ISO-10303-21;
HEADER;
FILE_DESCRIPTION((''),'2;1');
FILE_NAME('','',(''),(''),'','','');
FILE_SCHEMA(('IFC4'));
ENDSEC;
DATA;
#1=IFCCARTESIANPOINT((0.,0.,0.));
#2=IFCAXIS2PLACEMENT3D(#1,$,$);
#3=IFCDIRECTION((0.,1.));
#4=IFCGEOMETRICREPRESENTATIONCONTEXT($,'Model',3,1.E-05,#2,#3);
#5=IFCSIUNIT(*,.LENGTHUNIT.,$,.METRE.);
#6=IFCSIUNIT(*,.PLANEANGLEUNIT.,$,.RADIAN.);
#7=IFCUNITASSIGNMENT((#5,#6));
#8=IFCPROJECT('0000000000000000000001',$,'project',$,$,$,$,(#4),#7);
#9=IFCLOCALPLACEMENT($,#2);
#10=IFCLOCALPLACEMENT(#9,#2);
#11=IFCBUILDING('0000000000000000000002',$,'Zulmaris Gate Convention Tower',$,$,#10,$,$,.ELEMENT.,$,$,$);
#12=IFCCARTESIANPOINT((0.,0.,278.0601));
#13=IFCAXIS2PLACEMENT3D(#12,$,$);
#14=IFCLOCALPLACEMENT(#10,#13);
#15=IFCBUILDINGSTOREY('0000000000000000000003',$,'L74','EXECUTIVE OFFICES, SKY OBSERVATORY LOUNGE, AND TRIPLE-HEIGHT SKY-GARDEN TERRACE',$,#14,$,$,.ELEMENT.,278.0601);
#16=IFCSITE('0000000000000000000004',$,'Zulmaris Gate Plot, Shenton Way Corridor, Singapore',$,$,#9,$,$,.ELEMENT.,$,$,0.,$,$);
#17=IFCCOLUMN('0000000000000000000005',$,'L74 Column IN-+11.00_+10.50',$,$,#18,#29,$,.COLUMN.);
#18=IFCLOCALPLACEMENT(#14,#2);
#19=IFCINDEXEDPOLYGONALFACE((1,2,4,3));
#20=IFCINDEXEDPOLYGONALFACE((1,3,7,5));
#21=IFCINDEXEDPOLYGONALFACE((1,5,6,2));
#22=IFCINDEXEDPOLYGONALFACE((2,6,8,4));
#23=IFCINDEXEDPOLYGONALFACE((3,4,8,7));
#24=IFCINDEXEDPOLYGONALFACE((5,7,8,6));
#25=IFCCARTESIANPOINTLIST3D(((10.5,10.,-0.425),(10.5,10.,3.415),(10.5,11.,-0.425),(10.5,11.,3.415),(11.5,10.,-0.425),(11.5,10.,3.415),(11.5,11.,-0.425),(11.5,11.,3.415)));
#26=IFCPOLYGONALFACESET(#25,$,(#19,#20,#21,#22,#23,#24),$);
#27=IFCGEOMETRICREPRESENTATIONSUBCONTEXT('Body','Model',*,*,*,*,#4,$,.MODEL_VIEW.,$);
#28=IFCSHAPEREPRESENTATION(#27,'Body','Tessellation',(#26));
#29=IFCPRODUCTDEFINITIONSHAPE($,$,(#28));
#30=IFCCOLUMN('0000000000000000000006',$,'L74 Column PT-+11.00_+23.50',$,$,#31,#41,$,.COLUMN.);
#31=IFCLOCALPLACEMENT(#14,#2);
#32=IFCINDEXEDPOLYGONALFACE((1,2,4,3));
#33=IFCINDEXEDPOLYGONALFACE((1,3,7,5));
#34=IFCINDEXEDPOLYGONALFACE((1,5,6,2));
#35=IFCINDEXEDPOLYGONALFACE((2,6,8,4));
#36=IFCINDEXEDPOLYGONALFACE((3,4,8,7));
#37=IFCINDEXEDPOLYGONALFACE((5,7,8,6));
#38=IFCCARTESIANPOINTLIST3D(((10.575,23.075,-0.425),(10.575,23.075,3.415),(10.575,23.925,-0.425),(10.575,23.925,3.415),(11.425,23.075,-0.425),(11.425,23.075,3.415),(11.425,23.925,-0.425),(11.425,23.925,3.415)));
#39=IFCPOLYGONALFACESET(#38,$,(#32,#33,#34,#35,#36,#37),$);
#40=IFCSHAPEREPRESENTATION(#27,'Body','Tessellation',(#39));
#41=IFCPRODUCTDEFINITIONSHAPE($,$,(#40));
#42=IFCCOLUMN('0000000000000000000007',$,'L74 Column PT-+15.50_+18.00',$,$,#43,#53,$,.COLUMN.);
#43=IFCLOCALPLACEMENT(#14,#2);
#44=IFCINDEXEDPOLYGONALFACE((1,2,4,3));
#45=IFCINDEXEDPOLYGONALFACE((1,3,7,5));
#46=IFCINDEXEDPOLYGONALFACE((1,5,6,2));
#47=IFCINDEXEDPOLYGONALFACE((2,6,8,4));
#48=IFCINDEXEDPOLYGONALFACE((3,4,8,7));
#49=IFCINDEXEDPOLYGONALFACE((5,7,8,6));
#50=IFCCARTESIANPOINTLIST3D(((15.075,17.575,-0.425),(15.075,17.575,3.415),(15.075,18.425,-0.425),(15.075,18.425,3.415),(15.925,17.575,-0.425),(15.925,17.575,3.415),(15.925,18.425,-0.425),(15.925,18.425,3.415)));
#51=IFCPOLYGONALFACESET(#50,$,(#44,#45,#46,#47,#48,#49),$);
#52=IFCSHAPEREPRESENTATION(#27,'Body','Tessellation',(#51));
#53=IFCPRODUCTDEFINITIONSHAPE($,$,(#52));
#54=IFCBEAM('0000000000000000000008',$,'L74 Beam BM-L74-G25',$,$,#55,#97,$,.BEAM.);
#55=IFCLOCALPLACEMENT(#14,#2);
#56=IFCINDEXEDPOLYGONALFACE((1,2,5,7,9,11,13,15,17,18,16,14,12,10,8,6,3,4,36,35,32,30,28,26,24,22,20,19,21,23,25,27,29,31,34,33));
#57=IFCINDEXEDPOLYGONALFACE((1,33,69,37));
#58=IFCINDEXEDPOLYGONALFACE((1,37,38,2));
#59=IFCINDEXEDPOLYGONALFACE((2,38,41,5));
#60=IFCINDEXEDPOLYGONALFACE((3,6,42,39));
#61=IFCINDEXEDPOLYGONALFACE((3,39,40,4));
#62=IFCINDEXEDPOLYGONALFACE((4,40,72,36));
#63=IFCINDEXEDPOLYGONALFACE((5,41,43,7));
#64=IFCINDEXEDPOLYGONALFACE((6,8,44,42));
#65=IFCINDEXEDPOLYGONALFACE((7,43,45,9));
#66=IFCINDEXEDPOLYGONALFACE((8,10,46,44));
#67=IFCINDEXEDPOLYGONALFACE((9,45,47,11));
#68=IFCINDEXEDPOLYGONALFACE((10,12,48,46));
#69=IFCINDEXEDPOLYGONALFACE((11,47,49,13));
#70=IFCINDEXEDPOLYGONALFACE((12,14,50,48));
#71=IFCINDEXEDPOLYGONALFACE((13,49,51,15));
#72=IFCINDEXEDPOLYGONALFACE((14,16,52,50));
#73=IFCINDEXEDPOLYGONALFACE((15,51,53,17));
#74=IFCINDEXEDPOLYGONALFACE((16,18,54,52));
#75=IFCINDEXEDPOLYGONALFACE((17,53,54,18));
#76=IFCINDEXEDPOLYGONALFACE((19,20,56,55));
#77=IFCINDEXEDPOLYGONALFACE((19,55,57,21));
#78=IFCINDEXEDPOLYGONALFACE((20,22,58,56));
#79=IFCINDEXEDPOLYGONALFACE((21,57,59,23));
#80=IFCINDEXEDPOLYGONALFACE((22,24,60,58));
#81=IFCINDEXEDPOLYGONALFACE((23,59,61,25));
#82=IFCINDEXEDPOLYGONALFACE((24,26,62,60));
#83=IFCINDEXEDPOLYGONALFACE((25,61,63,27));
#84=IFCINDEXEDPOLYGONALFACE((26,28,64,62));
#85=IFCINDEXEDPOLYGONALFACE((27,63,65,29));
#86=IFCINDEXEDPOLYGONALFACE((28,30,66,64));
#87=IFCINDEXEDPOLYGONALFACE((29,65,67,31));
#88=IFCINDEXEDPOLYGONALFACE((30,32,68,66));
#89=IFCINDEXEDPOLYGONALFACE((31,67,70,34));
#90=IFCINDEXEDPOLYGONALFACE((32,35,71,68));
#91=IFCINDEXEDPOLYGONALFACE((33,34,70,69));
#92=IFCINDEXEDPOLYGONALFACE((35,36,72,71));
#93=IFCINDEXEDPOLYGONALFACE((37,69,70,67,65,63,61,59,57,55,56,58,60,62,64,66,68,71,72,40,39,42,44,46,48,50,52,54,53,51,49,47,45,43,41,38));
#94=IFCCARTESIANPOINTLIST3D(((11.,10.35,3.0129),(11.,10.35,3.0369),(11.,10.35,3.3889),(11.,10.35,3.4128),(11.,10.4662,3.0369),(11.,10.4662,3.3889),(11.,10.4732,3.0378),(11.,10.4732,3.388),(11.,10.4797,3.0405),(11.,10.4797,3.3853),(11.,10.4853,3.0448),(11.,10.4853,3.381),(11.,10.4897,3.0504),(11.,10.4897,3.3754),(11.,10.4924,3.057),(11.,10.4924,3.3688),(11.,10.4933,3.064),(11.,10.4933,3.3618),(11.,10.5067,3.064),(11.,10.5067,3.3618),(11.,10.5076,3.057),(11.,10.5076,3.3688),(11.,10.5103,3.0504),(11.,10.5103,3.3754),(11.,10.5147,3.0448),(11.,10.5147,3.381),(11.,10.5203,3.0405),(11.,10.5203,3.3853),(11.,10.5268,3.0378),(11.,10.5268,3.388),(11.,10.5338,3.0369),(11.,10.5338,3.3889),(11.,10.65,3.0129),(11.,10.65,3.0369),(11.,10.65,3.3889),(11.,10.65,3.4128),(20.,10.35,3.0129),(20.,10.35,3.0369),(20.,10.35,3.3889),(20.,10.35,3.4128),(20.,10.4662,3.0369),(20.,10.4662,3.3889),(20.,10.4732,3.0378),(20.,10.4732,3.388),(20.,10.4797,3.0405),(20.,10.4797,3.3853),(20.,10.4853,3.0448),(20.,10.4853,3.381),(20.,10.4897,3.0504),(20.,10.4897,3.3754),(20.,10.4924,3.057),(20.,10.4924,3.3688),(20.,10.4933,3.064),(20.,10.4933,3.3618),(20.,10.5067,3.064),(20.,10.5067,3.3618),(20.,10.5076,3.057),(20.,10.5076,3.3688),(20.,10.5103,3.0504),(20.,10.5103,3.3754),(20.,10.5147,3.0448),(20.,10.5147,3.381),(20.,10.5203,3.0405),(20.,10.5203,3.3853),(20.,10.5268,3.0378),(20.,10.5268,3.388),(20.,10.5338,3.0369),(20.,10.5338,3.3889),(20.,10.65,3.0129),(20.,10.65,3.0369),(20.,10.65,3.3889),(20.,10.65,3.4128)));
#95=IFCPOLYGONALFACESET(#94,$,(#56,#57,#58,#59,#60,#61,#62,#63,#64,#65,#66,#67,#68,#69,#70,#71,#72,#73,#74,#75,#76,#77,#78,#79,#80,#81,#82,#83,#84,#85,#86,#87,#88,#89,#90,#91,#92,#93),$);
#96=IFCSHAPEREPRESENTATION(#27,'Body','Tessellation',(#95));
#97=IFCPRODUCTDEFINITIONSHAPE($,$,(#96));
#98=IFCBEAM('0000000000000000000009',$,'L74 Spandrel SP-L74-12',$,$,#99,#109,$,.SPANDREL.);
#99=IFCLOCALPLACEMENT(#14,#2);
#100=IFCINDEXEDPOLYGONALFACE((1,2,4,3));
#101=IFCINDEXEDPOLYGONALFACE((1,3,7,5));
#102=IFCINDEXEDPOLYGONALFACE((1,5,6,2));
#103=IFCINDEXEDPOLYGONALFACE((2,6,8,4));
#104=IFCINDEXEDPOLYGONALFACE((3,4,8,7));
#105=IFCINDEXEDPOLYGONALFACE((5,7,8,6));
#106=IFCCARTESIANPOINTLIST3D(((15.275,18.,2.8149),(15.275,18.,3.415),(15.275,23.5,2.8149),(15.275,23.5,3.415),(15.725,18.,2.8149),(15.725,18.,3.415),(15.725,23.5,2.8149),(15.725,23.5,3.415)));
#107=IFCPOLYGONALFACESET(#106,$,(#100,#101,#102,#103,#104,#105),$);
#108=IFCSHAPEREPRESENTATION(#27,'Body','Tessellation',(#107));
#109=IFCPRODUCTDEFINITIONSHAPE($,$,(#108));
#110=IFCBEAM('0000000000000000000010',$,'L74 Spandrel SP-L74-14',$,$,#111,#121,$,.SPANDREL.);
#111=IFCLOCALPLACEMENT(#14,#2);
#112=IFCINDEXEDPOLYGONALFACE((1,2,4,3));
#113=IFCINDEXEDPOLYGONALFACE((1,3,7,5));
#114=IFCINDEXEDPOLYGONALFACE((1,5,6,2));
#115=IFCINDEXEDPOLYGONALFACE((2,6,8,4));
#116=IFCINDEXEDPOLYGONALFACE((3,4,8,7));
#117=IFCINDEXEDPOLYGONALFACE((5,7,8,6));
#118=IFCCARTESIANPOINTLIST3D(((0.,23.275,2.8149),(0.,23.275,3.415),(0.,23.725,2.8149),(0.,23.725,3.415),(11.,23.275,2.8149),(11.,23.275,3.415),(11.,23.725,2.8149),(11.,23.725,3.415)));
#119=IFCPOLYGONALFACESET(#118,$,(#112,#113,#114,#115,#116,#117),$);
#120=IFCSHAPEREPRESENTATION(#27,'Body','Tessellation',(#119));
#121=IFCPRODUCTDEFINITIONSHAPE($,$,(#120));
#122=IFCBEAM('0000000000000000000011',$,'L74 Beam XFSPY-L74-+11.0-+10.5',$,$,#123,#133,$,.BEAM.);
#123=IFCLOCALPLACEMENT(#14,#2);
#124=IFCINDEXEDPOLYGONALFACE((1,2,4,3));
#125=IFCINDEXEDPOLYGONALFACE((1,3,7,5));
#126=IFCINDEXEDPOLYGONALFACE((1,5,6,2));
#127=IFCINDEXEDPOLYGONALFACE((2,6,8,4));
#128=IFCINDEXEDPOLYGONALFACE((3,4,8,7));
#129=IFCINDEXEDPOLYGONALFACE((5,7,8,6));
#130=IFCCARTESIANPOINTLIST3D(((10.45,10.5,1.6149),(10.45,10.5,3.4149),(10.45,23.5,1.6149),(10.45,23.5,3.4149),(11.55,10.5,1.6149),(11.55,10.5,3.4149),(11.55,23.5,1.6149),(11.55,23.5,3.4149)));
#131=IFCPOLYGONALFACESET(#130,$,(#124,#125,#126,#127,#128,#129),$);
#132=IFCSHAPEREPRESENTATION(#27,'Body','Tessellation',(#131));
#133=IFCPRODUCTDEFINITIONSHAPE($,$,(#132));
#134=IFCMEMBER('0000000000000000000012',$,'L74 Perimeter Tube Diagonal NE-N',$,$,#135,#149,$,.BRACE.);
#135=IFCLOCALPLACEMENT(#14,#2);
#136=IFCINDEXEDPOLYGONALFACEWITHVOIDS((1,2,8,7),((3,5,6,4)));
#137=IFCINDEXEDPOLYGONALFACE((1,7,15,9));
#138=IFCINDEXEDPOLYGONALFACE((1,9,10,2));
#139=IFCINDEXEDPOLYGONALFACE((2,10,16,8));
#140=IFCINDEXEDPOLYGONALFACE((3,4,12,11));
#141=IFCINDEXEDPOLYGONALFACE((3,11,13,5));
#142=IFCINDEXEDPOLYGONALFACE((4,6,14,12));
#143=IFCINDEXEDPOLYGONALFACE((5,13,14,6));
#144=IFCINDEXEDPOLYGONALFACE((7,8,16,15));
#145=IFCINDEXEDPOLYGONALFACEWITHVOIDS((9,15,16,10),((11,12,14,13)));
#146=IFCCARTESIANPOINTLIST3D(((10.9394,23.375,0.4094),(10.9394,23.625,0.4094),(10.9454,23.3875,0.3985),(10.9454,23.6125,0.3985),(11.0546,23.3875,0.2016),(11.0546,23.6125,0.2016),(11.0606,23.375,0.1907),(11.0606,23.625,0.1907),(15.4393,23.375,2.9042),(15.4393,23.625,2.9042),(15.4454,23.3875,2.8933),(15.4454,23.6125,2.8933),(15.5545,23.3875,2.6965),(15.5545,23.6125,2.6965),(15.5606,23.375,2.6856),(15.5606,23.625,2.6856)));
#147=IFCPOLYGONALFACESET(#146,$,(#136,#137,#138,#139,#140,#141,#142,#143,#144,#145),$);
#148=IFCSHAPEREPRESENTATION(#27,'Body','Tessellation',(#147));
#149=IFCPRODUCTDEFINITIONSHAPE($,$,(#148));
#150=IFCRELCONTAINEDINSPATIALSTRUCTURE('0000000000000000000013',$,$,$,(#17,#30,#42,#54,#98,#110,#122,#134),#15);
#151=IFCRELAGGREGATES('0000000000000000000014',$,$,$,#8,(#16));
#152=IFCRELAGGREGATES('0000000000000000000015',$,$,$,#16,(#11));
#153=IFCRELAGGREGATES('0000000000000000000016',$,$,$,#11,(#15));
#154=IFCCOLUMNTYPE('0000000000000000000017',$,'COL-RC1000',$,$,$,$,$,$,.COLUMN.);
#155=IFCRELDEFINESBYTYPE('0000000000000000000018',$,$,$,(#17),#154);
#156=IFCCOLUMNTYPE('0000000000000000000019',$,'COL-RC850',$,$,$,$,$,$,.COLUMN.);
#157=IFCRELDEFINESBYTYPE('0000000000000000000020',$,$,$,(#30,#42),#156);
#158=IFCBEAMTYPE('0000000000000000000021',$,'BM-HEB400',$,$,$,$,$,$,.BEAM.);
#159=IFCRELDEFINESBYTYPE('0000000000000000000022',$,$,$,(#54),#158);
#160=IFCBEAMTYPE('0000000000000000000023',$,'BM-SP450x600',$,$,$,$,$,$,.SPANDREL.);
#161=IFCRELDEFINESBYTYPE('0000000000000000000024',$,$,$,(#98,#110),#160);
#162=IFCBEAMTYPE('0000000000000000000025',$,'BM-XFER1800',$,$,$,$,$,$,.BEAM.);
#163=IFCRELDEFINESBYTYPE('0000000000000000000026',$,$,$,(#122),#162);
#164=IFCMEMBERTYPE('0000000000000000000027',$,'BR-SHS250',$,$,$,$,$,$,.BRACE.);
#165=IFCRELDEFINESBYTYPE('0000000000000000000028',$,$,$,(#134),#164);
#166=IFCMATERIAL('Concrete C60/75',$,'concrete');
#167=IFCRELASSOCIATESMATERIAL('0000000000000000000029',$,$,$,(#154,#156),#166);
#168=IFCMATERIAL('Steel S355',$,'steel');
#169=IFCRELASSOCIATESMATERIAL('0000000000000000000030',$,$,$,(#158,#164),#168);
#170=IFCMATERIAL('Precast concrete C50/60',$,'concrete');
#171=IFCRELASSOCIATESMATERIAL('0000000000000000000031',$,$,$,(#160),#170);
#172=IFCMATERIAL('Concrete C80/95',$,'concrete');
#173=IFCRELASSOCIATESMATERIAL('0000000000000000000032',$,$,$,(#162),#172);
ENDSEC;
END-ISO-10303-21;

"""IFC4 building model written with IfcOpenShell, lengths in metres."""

from ifc_helpers import new_model, si_unit, direction, frame, origin, origin_2d, place, context, subcontext, project, spatial, rectangle, hollow_rectangle, i_section, extrude, material, material_profile, profile_set, type_object, element, save


model = new_model("IFC4")

# Units and contexts
model_context = context("Model", 3, precision=1e-05, world=origin(), true_north=direction((0.0, 1.0)))
body_context = subcontext(model_context, "Body", "Model", "MODEL_VIEW")
ifc_project = project(units=[si_unit("LENGTHUNIT", "METRE"), si_unit("PLANEANGLEUNIT", "RADIAN")], contexts=[model_context])

# Site, building, storey
site_placement = place(None, origin())
site = spatial("IfcSite", under=ifc_project, at=site_placement, Name="Zulmaris Gate Plot, Shenton Way Corridor, Singapore", CompositionType="ELEMENT", RefElevation=0.0)
building_placement = place(site_placement, origin())
building = spatial("IfcBuilding", under=site, at=building_placement, Name="Zulmaris Gate Convention Tower", CompositionType="ELEMENT")
storey_placement = place(building_placement, frame((0.0, 0.0, 278.0601)))
storey = spatial("IfcBuildingStorey", under=building, at=storey_placement, Name="L74", Description="EXECUTIVE OFFICES, SKY OBSERVATORY LOUNGE, AND TRIPLE-HEIGHT SKY-GARDEN TERRACE", CompositionType="ELEMENT", Elevation=278.0601)

# Columns
ifc_material_1 = material(Name="Concrete C60/75", Category="concrete")
ifc_material_profile_1 = material_profile(ifc_material_1, rectangle(XDim=1.0, YDim=1.0, at=origin_2d()), Name="RC COL 1000x1000")
ifc_profile_set_1 = profile_set([ifc_material_profile_1], Name="Concrete C60/75")
column_type_1 = type_object("IfcColumnType", Name="COL-RC1000", PredefinedType="COLUMN", material=ifc_profile_set_1)
column_placement = place(storey_placement, frame((11.0, 10.5, -0.425), z_axis=(0.0, 0.0, 1.0), x_axis=(1.0, 0.0, 0.0)))
element("IfcColumn", 1, at=column_placement, inside=storey, type_object=column_type_1, Name="L74 Column IN-+11.00_+10.50", PredefinedType="COLUMN", context=body_context, shape_type="SweptSolid", body=[
    extrude(rectangle(XDim=1.0, YDim=1.0, at=origin_2d()), origin(), (0.0, 0.0, 1.0), 3.8401),
])
ifc_material_profile_2 = material_profile(ifc_material_1, rectangle(XDim=0.8501, YDim=0.8501, at=origin_2d()), Name="RC COL 850x850")
ifc_profile_set_2 = profile_set([ifc_material_profile_2], Name="Concrete C60/75")
column_type_2 = type_object("IfcColumnType", Name="COL-RC850", PredefinedType="COLUMN", material=ifc_profile_set_2)
for number, where, z_axis, x_axis, name in (
    (2, (11.0, 23.5, -0.425), (0.0, 0.0, 1.0), (1.0, 0.0, 0.0), "L74 Column PT-+11.00_+23.50"),
    (3, (15.5, 18.0, -0.425), (0.0, 0.0, 1.0), (1.0, 0.0, 0.0), "L74 Column PT-+15.50_+18.00"),
):
    element("IfcColumn", number, at=place(storey_placement, frame(where, z_axis=z_axis, x_axis=x_axis)), inside=storey, type_object=column_type_2, Name=name, PredefinedType="COLUMN", context=body_context, shape_type="SweptSolid", body=[
        extrude(rectangle(XDim=0.8501, YDim=0.8501, at=origin_2d()), origin(), (0.0, 0.0, 1.0), 3.8401),
    ])

# Beams
ifc_material_2 = material(Name="Steel S355", Category="steel")
ifc_material_profile_3 = material_profile(ifc_material_2, i_section(OverallWidth=0.3, OverallDepth=0.3999, WebThickness=0.0134, FlangeThickness=0.0239, FilletRadius=0.0271, at=origin_2d()), Name="HEB 400")
ifc_profile_set_3 = profile_set([ifc_material_profile_3], Name="Steel S355")
beam_type_1 = type_object("IfcBeamType", Name="BM-HEB400", PredefinedType="BEAM", material=ifc_profile_set_3)
beam_1_placement = place(storey_placement, frame((11.0, 10.5, 3.2129), z_axis=(1.0, 0.0, 0.0), x_axis=(0.0, 1.0, 0.0)))
element("IfcBeam", 4, at=beam_1_placement, inside=storey, type_object=beam_type_1, Name="L74 Beam BM-L74-G25", PredefinedType="BEAM", context=body_context, shape_type="SweptSolid", body=[
    extrude(i_section(OverallWidth=0.3, OverallDepth=0.3999, WebThickness=0.0134, FlangeThickness=0.0239, FilletRadius=0.0271, at=origin_2d()), origin(), (0.0, 0.0, 1.0), 9.0),
])
ifc_material_3 = material(Name="Precast concrete C50/60", Category="concrete")
ifc_material_profile_4 = material_profile(ifc_material_3, rectangle(XDim=0.45, YDim=0.6001, at=origin_2d()), Name="RC SPANDREL 450x600")
ifc_profile_set_4 = profile_set([ifc_material_profile_4], Name="Precast concrete C50/60")
beam_type_2 = type_object("IfcBeamType", Name="BM-SP450x600", PredefinedType="SPANDREL", material=ifc_profile_set_4)
beam_2_placement = place(storey_placement, frame((15.5, 18.0, 3.115), z_axis=(0.0, 1.0, 0.0), x_axis=(-1.0, 0.0, 0.0)))
element("IfcBeam", 5, at=beam_2_placement, inside=storey, type_object=beam_type_2, Name="L74 Spandrel SP-L74-12", PredefinedType="SPANDREL", context=body_context, shape_type="SweptSolid", body=[
    extrude(rectangle(XDim=0.45, YDim=0.6001, at=origin_2d()), origin(), (0.0, 0.0, 1.0), 5.5),
])
beam_3_placement = place(storey_placement, frame((11.0, 23.5, 3.115), z_axis=(-1.0, 0.0, 0.0), x_axis=(0.0, -1.0, 0.0)))
element("IfcBeam", 6, at=beam_3_placement, inside=storey, type_object=beam_type_2, Name="L74 Spandrel SP-L74-14", PredefinedType="SPANDREL", context=body_context, shape_type="SweptSolid", body=[
    extrude(rectangle(XDim=0.45, YDim=0.6001, at=origin_2d()), origin(), (0.0, 0.0, 1.0), 11.0),
])
ifc_material_4 = material(Name="Concrete C80/95", Category="concrete")
ifc_material_profile_5 = material_profile(ifc_material_4, rectangle(XDim=1.1001, YDim=1.8, at=origin_2d()), Name="RC TRANSFER 1100x1800")
ifc_profile_set_5 = profile_set([ifc_material_profile_5], Name="Concrete C80/95")
beam_type_3 = type_object("IfcBeamType", Name="BM-XFER1800", PredefinedType="BEAM", material=ifc_profile_set_5)
beam_4_placement = place(storey_placement, frame((11.0, 10.5, 2.5149), z_axis=(0.0, 1.0, 0.0), x_axis=(-1.0, 0.0, 0.0)))
element("IfcBeam", 7, at=beam_4_placement, inside=storey, type_object=beam_type_3, Name="L74 Beam XFSPY-L74-+11.0-+10.5", PredefinedType="BEAM", context=body_context, shape_type="SweptSolid", body=[
    extrude(rectangle(XDim=1.1001, YDim=1.8, at=origin_2d()), origin(), (0.0, 0.0, 1.0), 13.0),
])

# Member
ifc_material_profile_6 = material_profile(ifc_material_2, hollow_rectangle(XDim=0.25, YDim=0.25, WallThickness=0.0125, at=origin_2d()), Name="SHS 250x250x12.5")
ifc_profile_set_6 = profile_set([ifc_material_profile_6], Name="Steel S355")
member_type = type_object("IfcMemberType", Name="BR-SHS250", PredefinedType="BRACE", material=ifc_profile_set_6)
member_placement = place(storey_placement, frame((11.0, 23.5, 0.3), z_axis=(0.87458, 0.0, 0.484881), x_axis=(0.0, 1.0, 0.0)))
element("IfcMember", 8, at=member_placement, inside=storey, type_object=member_type, Name="L74 Perimeter Tube Diagonal NE-N", PredefinedType="BRACE", context=body_context, shape_type="SweptSolid", body=[
    extrude(hollow_rectangle(XDim=0.25, YDim=0.25, WallThickness=0.0125, at=origin_2d()), origin(), (0.0, 0.0, 1.0), 5.1453),
])

save(model, "model.ifc")
